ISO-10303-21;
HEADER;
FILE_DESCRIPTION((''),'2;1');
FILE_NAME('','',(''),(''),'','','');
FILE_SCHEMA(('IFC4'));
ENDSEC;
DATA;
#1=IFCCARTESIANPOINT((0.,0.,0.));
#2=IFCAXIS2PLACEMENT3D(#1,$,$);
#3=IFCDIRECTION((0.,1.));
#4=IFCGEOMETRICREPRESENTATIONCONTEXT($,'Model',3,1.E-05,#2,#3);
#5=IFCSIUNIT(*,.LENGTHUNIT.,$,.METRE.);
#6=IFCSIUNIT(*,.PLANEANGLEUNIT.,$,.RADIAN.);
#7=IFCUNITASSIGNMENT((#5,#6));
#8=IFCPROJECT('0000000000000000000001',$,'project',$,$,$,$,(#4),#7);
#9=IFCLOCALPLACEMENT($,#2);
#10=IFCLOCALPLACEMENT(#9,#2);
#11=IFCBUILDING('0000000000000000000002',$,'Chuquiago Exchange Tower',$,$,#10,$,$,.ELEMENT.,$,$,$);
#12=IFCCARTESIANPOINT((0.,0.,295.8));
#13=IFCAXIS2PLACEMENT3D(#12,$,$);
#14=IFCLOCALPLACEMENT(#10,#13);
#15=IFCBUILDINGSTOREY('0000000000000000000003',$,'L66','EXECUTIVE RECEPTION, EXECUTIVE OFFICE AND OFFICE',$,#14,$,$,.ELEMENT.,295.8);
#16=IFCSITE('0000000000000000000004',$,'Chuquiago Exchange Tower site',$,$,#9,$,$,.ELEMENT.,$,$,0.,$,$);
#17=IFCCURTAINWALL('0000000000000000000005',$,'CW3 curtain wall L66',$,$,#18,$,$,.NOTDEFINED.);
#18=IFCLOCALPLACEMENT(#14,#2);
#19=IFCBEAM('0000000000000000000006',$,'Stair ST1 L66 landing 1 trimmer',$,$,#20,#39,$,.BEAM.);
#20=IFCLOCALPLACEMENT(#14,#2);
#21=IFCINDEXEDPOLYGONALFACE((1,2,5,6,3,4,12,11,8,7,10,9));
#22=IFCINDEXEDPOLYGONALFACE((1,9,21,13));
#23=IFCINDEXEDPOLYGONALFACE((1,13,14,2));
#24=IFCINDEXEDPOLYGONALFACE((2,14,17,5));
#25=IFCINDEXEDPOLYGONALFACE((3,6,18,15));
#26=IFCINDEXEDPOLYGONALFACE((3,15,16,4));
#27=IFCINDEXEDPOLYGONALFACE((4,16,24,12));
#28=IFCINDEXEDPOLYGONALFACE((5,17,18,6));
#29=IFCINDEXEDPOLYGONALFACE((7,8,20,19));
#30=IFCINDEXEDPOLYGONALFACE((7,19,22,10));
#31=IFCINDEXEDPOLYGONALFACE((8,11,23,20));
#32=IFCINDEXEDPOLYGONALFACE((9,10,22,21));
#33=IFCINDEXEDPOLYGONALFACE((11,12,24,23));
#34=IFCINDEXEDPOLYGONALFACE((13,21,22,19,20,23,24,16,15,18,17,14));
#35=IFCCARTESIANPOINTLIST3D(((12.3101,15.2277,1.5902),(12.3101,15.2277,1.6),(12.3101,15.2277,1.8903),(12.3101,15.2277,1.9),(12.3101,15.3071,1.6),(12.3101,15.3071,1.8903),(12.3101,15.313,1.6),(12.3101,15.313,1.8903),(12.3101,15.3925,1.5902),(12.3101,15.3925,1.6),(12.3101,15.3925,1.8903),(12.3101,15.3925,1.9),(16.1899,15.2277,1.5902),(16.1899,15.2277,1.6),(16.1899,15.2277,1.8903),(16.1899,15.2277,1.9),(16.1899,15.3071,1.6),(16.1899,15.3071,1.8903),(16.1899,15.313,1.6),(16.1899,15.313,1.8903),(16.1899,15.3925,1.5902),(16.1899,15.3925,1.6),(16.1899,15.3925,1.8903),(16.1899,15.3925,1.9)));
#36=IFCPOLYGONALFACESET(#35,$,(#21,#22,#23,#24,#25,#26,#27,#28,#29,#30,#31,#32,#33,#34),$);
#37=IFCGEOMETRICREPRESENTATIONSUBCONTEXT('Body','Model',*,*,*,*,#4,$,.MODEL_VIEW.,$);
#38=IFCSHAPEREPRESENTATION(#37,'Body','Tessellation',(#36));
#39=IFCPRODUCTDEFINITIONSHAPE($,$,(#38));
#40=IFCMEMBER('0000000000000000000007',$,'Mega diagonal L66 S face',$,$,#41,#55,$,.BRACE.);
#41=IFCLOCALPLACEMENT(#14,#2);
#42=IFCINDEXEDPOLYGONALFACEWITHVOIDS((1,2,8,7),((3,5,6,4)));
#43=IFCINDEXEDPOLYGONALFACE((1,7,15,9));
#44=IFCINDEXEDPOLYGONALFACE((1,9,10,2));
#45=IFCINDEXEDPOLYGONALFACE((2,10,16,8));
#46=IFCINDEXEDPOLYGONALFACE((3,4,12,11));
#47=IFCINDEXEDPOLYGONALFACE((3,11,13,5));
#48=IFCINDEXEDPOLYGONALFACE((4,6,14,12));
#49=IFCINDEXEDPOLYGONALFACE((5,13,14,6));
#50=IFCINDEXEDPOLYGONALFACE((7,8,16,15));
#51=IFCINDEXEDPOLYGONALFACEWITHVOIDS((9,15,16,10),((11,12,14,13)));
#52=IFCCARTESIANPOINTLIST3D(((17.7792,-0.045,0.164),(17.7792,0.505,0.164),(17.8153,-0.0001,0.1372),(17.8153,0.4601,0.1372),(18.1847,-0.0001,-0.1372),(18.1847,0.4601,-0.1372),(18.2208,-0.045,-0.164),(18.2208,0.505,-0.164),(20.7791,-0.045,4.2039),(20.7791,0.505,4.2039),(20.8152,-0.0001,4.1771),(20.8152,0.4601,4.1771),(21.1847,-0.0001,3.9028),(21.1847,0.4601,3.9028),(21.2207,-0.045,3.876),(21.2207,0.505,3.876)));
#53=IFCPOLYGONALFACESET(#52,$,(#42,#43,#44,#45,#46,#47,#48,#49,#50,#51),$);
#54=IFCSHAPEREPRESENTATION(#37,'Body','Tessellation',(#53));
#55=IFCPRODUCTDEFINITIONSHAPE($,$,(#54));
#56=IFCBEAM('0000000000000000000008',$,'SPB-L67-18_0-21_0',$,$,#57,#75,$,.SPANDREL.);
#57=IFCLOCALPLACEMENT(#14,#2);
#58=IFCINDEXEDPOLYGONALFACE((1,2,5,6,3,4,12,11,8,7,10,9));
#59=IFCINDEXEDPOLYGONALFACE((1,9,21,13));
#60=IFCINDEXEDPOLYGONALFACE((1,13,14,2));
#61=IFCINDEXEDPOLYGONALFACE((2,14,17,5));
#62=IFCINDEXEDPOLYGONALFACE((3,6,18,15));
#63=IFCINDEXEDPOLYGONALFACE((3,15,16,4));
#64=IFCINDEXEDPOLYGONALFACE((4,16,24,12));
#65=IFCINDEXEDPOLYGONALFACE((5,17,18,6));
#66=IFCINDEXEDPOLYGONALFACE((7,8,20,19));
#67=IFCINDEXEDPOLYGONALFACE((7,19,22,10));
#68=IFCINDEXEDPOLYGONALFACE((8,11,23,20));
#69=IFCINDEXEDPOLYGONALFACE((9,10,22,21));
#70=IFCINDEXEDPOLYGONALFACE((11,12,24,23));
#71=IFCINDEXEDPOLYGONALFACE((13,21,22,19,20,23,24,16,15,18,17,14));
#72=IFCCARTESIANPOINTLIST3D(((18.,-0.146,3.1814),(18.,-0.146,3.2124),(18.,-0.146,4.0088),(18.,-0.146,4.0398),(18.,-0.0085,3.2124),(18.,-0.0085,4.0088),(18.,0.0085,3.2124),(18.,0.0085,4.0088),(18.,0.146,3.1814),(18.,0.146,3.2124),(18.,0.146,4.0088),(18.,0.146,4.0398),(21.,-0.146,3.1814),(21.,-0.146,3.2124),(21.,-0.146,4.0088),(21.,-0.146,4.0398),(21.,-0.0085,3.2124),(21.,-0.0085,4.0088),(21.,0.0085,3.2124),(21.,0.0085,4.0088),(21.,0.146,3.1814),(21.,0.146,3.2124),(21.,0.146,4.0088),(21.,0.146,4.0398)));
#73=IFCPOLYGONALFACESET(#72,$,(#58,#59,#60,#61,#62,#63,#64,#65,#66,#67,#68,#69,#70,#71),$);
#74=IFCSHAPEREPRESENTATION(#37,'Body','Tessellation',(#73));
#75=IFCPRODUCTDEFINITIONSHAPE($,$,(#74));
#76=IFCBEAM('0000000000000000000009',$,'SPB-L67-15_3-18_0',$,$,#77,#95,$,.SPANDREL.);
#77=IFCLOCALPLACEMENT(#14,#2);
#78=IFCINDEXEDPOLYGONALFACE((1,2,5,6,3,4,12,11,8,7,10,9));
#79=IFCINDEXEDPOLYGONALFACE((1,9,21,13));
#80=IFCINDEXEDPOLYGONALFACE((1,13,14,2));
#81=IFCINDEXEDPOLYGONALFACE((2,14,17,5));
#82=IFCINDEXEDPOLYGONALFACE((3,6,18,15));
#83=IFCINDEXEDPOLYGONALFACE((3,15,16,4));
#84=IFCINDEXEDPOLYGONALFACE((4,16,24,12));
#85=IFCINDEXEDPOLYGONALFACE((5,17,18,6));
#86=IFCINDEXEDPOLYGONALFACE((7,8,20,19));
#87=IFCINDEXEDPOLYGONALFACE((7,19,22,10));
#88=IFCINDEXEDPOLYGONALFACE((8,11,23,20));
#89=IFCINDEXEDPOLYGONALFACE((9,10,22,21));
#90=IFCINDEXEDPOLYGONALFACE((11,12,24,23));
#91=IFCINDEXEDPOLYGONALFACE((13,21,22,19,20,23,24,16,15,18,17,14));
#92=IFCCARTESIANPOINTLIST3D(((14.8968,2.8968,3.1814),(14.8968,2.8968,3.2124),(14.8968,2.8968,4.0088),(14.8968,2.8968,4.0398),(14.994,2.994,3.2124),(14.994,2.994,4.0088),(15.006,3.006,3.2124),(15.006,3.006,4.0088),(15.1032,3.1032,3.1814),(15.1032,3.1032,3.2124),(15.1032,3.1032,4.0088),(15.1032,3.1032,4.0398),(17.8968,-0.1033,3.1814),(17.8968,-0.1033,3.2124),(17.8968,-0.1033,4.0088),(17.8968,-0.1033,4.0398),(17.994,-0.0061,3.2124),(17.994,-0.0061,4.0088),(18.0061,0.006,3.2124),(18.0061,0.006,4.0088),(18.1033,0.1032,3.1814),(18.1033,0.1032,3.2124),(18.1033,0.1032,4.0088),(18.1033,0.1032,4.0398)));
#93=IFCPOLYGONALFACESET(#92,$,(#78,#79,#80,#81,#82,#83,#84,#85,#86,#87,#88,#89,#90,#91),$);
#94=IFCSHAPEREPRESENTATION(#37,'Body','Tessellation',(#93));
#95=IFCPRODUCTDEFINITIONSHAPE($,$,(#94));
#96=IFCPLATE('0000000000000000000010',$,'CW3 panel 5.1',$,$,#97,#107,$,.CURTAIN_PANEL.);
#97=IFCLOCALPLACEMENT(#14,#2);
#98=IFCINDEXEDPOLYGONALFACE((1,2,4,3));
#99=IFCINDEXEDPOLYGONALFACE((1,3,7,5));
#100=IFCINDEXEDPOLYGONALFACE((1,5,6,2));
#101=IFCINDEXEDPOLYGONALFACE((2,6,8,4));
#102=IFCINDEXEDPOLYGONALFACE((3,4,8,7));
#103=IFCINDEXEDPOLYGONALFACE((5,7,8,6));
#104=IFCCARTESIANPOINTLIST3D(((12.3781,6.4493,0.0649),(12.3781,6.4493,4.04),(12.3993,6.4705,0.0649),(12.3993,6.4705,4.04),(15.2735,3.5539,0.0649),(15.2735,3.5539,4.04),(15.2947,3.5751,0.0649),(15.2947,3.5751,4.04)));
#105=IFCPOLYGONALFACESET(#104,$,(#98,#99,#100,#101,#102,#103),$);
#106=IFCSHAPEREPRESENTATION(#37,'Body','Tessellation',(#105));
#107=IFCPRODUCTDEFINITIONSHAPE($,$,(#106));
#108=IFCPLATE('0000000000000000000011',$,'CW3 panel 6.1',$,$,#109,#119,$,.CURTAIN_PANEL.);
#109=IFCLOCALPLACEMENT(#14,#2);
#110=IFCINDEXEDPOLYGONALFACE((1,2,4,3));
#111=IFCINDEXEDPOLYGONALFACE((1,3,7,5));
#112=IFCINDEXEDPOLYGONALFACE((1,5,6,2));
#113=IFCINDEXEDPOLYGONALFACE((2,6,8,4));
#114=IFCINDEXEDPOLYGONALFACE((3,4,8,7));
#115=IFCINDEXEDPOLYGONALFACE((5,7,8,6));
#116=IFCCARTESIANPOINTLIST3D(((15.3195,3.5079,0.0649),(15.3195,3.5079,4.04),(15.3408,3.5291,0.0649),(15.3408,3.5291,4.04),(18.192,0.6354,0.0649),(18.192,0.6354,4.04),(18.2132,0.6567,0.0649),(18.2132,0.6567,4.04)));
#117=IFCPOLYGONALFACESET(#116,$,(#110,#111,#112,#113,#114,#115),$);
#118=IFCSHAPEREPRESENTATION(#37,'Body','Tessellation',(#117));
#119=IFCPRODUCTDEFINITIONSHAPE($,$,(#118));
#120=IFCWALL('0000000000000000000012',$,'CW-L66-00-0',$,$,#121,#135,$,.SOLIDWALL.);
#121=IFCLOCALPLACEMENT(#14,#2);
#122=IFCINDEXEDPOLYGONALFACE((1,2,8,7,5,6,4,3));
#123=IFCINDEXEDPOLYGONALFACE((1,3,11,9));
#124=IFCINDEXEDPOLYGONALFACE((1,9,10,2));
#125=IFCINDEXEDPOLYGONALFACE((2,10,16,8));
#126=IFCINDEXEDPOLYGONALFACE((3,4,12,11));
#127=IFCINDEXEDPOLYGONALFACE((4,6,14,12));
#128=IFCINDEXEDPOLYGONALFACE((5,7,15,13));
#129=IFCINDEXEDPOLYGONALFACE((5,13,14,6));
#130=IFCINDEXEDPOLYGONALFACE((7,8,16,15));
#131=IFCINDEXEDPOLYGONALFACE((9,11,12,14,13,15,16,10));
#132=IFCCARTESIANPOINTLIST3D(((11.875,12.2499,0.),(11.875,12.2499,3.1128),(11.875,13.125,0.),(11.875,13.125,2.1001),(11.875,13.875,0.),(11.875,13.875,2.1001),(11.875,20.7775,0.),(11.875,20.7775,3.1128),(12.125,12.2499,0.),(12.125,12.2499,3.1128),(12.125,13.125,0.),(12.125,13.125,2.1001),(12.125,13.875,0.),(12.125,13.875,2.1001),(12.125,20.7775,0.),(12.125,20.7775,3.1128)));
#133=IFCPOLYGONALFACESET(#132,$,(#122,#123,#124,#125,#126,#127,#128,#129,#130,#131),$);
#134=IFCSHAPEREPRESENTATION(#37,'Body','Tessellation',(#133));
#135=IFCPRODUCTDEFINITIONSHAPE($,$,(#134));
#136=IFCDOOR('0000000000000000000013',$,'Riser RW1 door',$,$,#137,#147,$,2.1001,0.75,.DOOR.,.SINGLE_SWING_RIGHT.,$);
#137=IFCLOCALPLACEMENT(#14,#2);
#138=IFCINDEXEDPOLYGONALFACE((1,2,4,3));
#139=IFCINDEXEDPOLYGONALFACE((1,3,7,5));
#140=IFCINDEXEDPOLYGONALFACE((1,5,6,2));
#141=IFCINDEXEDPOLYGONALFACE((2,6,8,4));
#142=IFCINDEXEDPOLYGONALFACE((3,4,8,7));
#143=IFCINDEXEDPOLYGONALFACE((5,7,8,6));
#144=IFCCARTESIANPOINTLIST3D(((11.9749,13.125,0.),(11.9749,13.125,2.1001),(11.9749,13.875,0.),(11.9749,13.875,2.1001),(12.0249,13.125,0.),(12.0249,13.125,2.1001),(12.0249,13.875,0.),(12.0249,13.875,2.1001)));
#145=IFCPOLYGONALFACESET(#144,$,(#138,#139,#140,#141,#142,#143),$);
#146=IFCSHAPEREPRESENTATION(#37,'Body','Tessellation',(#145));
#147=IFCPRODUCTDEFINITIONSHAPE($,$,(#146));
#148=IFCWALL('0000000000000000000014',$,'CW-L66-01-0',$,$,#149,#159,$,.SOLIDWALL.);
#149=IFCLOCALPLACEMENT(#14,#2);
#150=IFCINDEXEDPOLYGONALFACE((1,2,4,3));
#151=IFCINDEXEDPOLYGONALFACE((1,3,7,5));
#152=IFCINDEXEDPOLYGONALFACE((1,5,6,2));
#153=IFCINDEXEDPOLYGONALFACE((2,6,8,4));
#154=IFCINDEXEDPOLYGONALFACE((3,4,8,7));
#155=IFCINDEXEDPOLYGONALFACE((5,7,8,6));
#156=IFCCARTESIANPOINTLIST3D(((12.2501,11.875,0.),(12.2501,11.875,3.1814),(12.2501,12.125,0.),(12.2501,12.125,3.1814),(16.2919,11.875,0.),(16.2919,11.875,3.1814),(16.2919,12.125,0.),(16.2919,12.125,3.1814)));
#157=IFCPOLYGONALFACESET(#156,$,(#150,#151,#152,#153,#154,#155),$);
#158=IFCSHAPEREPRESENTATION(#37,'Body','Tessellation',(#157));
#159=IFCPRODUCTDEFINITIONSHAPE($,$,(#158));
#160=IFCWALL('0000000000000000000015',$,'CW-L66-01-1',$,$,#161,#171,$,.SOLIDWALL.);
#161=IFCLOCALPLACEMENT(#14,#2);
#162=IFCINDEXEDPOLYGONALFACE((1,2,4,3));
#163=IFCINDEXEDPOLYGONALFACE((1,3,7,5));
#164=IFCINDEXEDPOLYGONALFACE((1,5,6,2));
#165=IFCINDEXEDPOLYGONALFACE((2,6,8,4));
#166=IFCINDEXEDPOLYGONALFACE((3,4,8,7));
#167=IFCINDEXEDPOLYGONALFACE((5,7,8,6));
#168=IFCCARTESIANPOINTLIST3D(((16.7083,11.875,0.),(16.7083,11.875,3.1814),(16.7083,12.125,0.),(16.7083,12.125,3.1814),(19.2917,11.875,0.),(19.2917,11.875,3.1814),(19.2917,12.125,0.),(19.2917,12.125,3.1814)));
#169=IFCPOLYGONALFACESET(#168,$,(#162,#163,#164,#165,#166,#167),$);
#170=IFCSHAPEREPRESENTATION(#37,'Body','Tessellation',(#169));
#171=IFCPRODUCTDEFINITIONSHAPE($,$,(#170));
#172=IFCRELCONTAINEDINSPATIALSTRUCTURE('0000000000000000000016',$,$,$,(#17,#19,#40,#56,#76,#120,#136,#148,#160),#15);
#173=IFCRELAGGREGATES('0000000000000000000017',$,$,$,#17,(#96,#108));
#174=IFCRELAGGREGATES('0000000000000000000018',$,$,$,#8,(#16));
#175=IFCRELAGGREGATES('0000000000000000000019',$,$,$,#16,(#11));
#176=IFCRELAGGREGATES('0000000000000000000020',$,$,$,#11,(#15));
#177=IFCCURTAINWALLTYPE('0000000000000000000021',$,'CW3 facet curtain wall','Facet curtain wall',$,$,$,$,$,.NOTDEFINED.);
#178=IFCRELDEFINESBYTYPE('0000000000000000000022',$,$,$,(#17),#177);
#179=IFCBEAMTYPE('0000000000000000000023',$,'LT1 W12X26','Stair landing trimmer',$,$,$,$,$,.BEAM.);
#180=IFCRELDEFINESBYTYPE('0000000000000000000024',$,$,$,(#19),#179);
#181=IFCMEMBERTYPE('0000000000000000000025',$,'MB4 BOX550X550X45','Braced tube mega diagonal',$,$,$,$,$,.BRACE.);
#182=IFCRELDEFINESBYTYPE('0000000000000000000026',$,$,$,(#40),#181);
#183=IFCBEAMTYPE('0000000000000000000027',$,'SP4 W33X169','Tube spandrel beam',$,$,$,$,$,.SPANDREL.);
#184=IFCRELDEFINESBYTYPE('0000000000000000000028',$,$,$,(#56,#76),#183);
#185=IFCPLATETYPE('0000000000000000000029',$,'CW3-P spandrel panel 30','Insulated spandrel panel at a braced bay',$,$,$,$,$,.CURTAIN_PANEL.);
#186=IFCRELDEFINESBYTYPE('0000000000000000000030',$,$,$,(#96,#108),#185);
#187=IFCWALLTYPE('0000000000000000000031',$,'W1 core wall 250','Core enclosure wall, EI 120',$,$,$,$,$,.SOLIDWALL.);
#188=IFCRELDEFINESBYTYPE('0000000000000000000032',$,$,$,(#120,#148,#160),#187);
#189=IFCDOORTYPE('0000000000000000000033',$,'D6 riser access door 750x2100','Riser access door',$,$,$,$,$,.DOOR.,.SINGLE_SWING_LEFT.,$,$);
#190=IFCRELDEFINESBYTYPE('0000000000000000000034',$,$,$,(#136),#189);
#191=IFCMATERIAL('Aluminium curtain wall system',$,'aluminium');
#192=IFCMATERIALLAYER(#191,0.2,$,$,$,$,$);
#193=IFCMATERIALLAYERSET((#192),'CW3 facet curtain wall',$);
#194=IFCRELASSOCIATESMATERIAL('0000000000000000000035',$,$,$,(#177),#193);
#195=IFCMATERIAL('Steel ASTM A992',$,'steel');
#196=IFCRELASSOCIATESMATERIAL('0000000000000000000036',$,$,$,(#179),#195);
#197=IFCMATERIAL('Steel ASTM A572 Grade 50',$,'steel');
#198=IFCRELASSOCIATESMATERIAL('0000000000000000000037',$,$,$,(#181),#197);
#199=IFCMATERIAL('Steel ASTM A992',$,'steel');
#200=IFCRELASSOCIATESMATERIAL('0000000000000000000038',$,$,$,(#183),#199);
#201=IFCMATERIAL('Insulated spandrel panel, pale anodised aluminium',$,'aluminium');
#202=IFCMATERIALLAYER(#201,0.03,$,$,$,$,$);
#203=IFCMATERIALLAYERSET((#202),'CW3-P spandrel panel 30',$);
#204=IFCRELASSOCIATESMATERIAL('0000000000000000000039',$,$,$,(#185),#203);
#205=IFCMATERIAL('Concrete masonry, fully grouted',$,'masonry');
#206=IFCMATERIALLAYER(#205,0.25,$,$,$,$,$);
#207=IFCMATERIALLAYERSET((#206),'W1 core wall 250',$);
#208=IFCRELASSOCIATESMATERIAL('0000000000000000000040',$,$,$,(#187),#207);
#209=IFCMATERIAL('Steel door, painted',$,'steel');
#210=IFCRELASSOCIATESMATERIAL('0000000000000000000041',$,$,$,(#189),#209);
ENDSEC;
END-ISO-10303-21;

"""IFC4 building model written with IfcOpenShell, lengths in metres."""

from ifc_helpers import new_model, si_unit, direction, frame, frame_2d, origin, origin_2d, place, context, subcontext, project, spatial, rectangle, hollow_rectangle, i_section, extrude, material, layer, layer_set, material_profile, profile_set, type_object, element, fill, aggregate, save


model = new_model("IFC4")

# Units and contexts
model_context = context("Model", 3, precision=1e-05, world=origin(), true_north=direction((0.0, 1.0)))
body_context = subcontext(model_context, "Body", "Model", "MODEL_VIEW")
ifc_project = project(units=[si_unit("LENGTHUNIT", "METRE"), si_unit("PLANEANGLEUNIT", "RADIAN")], contexts=[model_context])

# Site, building, storey
site_placement = place(None, origin())
site = spatial("IfcSite", under=ifc_project, at=site_placement, Name="Chuquiago Exchange Tower site", CompositionType="ELEMENT", RefElevation=0.0)
building_placement = place(site_placement, origin())
building = spatial("IfcBuilding", under=site, at=building_placement, Name="Chuquiago Exchange Tower", CompositionType="ELEMENT")
storey_placement = place(building_placement, frame((0.0, 0.0, 295.8)))
storey = spatial("IfcBuildingStorey", under=building, at=storey_placement, Name="L66", Description="EXECUTIVE RECEPTION, EXECUTIVE OFFICE AND OFFICE", CompositionType="ELEMENT", Elevation=295.8)

# Curtain wall
ifc_material_1 = material(Name="Aluminium curtain wall system", Category="aluminium")
ifc_layer_1 = layer(ifc_material_1, 0.2)
ifc_layer_set_1 = layer_set([ifc_layer_1], Name="CW3 facet curtain wall")
curtain_wall_type = type_object("IfcCurtainWallType", Name="CW3 facet curtain wall", Description="Facet curtain wall", PredefinedType="NOTDEFINED", material=ifc_layer_set_1)
curtain_wall_placement = place(storey_placement, origin())
curtain_wall = element("IfcCurtainWall", 1, at=curtain_wall_placement, inside=storey, type_object=curtain_wall_type, Name="CW3 curtain wall L66", PredefinedType="NOTDEFINED")

# Beam
ifc_material_2 = material(Name="Steel ASTM A992", Category="steel")
ifc_material_profile_1 = material_profile(ifc_material_2, i_section(OverallWidth=0.1648, OverallDepth=0.3098, WebThickness=0.0059, FlangeThickness=0.0098, at=origin_2d()), Name="W12X26")
ifc_profile_set_1 = profile_set([ifc_material_profile_1], Name="Steel ASTM A992")
beam_type_1 = type_object("IfcBeamType", Name="LT1 W12X26", Description="Stair landing trimmer", PredefinedType="BEAM", material=ifc_profile_set_1)
beam_1_placement = place(storey_placement, frame((12.3101, 15.3101, 1.7451), z_axis=(1.0, 0.0, 0.0), x_axis=(0.0, 1.0, 0.0)))
element("IfcBeam", 2, at=beam_1_placement, inside=storey, type_object=beam_type_1, Name="Stair ST1 L66 landing 1 trimmer", PredefinedType="BEAM", context=body_context, shape_type="SweptSolid", body=[
    extrude(i_section(OverallWidth=0.1648, OverallDepth=0.3098, WebThickness=0.0059, FlangeThickness=0.0098, at=origin_2d()), origin(), (0.0, 0.0, 1.0), 3.8799),
])

# Member
ifc_material_3 = material(Name="Steel ASTM A572 Grade 50", Category="steel")
ifc_material_profile_2 = material_profile(ifc_material_3, hollow_rectangle(XDim=0.55, YDim=0.55, WallThickness=0.0449, at=origin_2d()), Name="BOX550X550X45")
ifc_profile_set_2 = profile_set([ifc_material_profile_2], Name="Steel ASTM A572 Grade 50")
member_type_1 = type_object("IfcMemberType", Name="MB4 BOX550X550X45", Description="Braced tube mega diagonal", PredefinedType="BRACE", material=ifc_profile_set_2)
member_1_placement = place(storey_placement, frame((18.0, 0.23, 0.0), z_axis=(0.596174, 0.0, 0.802855), x_axis=(0.0, 1.0, 0.0)))
element("IfcMember", 3, at=member_1_placement, inside=storey, type_object=member_type_1, Name="Mega diagonal L66 S face", PredefinedType="BRACE", context=body_context, shape_type="SweptSolid", body=[
    extrude(hollow_rectangle(XDim=0.55, YDim=0.55, WallThickness=0.0449, at=origin_2d()), origin(), (0.0, 0.0, 1.0), 5.032),
])

# Beams
ifc_material_4 = material(Name="Steel ASTM A992", Category="steel")
ifc_material_profile_3 = material_profile(ifc_material_4, i_section(OverallWidth=0.292, OverallDepth=0.8584, WebThickness=0.0171, FlangeThickness=0.031, at=origin_2d()), Name="W33X169")
ifc_profile_set_3 = profile_set([ifc_material_profile_3], Name="Steel ASTM A992")
beam_type_2 = type_object("IfcBeamType", Name="SP4 W33X169", Description="Tube spandrel beam", PredefinedType="SPANDREL", material=ifc_profile_set_3)
beam_2_placement = place(storey_placement, frame((18.0, 0.0, 3.6106), z_axis=(1.0, 0.0, 0.0), x_axis=(0.0, 1.0, 0.0)))
element("IfcBeam", 4, at=beam_2_placement, inside=storey, type_object=beam_type_2, Name="SPB-L67-18_0-21_0", PredefinedType="SPANDREL", context=body_context, shape_type="SweptSolid", body=[
    extrude(i_section(OverallWidth=0.292, OverallDepth=0.8584, WebThickness=0.0171, FlangeThickness=0.031, at=origin_2d()), origin(), (0.0, 0.0, 1.0), 3.0),
])
beam_3_placement = place(storey_placement, frame((15.0, 3.0, 3.6106), z_axis=(0.707107, -0.707107, 0.0), x_axis=(0.707107, 0.707107, 0.0)))
element("IfcBeam", 5, at=beam_3_placement, inside=storey, type_object=beam_type_2, Name="SPB-L67-15_3-18_0", PredefinedType="SPANDREL", context=body_context, shape_type="SweptSolid", body=[
    extrude(i_section(OverallWidth=0.292, OverallDepth=0.8584, WebThickness=0.0171, FlangeThickness=0.031, at=origin_2d()), origin(), (0.0, 0.0, 1.0), 4.2427),
])

# Plates
ifc_material_5 = material(Name="Insulated spandrel panel, pale anodised aluminium", Category="aluminium")
ifc_layer_2 = layer(ifc_material_5, 0.03)
ifc_layer_set_2 = layer_set([ifc_layer_2], Name="CW3-P spandrel panel 30")
plate_type = type_object("IfcPlateType", Name="CW3-P spandrel panel 30", Description="Insulated spandrel panel at a braced bay", PredefinedType="CURTAIN_PANEL", material=ifc_layer_set_2)
plate_1_placement = place(storey_placement, frame((13.8364, 5.0122, 0.0649), z_axis=(0.0, 0.0, 1.0), x_axis=(0.707107, -0.707107, 0.0)))
plate_1 = element("IfcPlate", 6, at=plate_1_placement, type_object=plate_type, Name="CW3 panel 5.1", PredefinedType="CURTAIN_PANEL", context=body_context, shape_type="SweptSolid", body=[
    extrude(rectangle(XDim=4.0947, YDim=0.03, at=origin_2d()), origin(), (0.0, 0.0, 1.0), 3.9751),
])
plate_2_placement = place(storey_placement, frame((16.7664, 2.0823, 0.0649), z_axis=(0.0, 0.0, 1.0), x_axis=(0.707107, -0.707107, 0.0)))
plate_2 = element("IfcPlate", 7, at=plate_2_placement, type_object=plate_type, Name="CW3 panel 6.1", PredefinedType="CURTAIN_PANEL", context=body_context, shape_type="SweptSolid", body=[
    extrude(rectangle(XDim=4.0623, YDim=0.03, at=origin_2d()), origin(), (0.0, 0.0, 1.0), 3.9751),
])
aggregate(curtain_wall, [plate_1, plate_2])

# Wall, opening, door
ifc_material_6 = material(Name="Concrete masonry, fully grouted", Category="masonry")
ifc_layer_3 = layer(ifc_material_6, 0.25)
ifc_layer_set_3 = layer_set([ifc_layer_3], Name="W1 core wall 250")
wall_type_1 = type_object("IfcWallType", Name="W1 core wall 250", Description="Core enclosure wall, EI 120", PredefinedType="SOLIDWALL", material=ifc_layer_set_3)
wall_1_placement = place(storey_placement, frame((12.0, 12.25, 0.0), z_axis=(0.0, 0.0, 1.0), x_axis=(0.0, 1.0, 0.0)))
wall_1 = element("IfcWall", 8, at=wall_1_placement, inside=storey, type_object=wall_type_1, Name="CW-L66-00-0", PredefinedType="SOLIDWALL", context=body_context, shape_type="SweptSolid", body=[
    extrude(rectangle(XDim=8.5276, YDim=0.25, at=frame_2d((4.2637, 0.0))), origin(), (0.0, 0.0, 1.0), 3.1128),
])
opening_1_placement = place(wall_1_placement, frame((0.875, 0.0, 0.0)))
opening_1 = element("IfcOpeningElement", 9, at=opening_1_placement, cuts=wall_1, PredefinedType="OPENING", context=body_context, shape_type="SweptSolid", body=[
    extrude(rectangle(XDim=0.75, YDim=2.1001, at=frame_2d((0.375, 1.05))), frame((0.0, 0.135, 0.0), z_axis=(0.0, -1.0, 0.0), x_axis=(1.0, 0.0, 0.0)), (0.0, 0.0, 1.0), 0.27),
])
ifc_material_7 = material(Name="Steel door, painted", Category="steel")
door_type_1 = type_object("IfcDoorType", Name="D6 riser access door 750x2100", Description="Riser access door", OperationType="SINGLE_SWING_LEFT", PredefinedType="DOOR", material=ifc_material_7)
door_1_placement = place(opening_1_placement, frame((0.75, 0.0, 0.0), z_axis=(0.0, 0.0, 1.0), x_axis=(-1.0, 0.0, 0.0)))
door_1 = element("IfcDoor", 10, at=door_1_placement, inside=storey, type_object=door_type_1, Name="Riser RW1 door", OperationType="SINGLE_SWING_RIGHT", OverallHeight=2.1001, OverallWidth=0.75, PredefinedType="DOOR", context=body_context, shape_type="SweptSolid", body=[
    extrude(rectangle(XDim=0.75, YDim=2.1001, at=frame_2d((0.375, 1.05))), frame((0.0, 0.0249, 0.0), z_axis=(0.0, -1.0, 0.0), x_axis=(1.0, 0.0, 0.0)), (0.0, 0.0, 1.0), 0.05),
])
fill(opening_1, door_1)

# Walls
wall_2_placement = place(storey_placement, frame((12.25, 12.0, 0.0), z_axis=(0.0, 0.0, 1.0), x_axis=(1.0, 0.0, 0.0)))
element("IfcWall", 11, at=wall_2_placement, inside=storey, type_object=wall_type_1, Name="CW-L66-01-0", PredefinedType="SOLIDWALL", context=body_context, shape_type="SweptSolid", body=[
    extrude(rectangle(XDim=4.0417, YDim=0.25, at=frame_2d((2.021, 0.0))), origin(), (0.0, 0.0, 1.0), 3.1814),
])
wall_3_placement = place(storey_placement, frame((16.7083, 12.0, 0.0), z_axis=(0.0, 0.0, 1.0), x_axis=(1.0, 0.0, 0.0)))
element("IfcWall", 12, at=wall_3_placement, inside=storey, type_object=wall_type_1, Name="CW-L66-01-1", PredefinedType="SOLIDWALL", context=body_context, shape_type="SweptSolid", body=[
    extrude(rectangle(XDim=2.5835, YDim=0.25, at=frame_2d((1.2917, 0.0))), origin(), (0.0, 0.0, 1.0), 3.1814),
])

save(model, "model.ifc")
